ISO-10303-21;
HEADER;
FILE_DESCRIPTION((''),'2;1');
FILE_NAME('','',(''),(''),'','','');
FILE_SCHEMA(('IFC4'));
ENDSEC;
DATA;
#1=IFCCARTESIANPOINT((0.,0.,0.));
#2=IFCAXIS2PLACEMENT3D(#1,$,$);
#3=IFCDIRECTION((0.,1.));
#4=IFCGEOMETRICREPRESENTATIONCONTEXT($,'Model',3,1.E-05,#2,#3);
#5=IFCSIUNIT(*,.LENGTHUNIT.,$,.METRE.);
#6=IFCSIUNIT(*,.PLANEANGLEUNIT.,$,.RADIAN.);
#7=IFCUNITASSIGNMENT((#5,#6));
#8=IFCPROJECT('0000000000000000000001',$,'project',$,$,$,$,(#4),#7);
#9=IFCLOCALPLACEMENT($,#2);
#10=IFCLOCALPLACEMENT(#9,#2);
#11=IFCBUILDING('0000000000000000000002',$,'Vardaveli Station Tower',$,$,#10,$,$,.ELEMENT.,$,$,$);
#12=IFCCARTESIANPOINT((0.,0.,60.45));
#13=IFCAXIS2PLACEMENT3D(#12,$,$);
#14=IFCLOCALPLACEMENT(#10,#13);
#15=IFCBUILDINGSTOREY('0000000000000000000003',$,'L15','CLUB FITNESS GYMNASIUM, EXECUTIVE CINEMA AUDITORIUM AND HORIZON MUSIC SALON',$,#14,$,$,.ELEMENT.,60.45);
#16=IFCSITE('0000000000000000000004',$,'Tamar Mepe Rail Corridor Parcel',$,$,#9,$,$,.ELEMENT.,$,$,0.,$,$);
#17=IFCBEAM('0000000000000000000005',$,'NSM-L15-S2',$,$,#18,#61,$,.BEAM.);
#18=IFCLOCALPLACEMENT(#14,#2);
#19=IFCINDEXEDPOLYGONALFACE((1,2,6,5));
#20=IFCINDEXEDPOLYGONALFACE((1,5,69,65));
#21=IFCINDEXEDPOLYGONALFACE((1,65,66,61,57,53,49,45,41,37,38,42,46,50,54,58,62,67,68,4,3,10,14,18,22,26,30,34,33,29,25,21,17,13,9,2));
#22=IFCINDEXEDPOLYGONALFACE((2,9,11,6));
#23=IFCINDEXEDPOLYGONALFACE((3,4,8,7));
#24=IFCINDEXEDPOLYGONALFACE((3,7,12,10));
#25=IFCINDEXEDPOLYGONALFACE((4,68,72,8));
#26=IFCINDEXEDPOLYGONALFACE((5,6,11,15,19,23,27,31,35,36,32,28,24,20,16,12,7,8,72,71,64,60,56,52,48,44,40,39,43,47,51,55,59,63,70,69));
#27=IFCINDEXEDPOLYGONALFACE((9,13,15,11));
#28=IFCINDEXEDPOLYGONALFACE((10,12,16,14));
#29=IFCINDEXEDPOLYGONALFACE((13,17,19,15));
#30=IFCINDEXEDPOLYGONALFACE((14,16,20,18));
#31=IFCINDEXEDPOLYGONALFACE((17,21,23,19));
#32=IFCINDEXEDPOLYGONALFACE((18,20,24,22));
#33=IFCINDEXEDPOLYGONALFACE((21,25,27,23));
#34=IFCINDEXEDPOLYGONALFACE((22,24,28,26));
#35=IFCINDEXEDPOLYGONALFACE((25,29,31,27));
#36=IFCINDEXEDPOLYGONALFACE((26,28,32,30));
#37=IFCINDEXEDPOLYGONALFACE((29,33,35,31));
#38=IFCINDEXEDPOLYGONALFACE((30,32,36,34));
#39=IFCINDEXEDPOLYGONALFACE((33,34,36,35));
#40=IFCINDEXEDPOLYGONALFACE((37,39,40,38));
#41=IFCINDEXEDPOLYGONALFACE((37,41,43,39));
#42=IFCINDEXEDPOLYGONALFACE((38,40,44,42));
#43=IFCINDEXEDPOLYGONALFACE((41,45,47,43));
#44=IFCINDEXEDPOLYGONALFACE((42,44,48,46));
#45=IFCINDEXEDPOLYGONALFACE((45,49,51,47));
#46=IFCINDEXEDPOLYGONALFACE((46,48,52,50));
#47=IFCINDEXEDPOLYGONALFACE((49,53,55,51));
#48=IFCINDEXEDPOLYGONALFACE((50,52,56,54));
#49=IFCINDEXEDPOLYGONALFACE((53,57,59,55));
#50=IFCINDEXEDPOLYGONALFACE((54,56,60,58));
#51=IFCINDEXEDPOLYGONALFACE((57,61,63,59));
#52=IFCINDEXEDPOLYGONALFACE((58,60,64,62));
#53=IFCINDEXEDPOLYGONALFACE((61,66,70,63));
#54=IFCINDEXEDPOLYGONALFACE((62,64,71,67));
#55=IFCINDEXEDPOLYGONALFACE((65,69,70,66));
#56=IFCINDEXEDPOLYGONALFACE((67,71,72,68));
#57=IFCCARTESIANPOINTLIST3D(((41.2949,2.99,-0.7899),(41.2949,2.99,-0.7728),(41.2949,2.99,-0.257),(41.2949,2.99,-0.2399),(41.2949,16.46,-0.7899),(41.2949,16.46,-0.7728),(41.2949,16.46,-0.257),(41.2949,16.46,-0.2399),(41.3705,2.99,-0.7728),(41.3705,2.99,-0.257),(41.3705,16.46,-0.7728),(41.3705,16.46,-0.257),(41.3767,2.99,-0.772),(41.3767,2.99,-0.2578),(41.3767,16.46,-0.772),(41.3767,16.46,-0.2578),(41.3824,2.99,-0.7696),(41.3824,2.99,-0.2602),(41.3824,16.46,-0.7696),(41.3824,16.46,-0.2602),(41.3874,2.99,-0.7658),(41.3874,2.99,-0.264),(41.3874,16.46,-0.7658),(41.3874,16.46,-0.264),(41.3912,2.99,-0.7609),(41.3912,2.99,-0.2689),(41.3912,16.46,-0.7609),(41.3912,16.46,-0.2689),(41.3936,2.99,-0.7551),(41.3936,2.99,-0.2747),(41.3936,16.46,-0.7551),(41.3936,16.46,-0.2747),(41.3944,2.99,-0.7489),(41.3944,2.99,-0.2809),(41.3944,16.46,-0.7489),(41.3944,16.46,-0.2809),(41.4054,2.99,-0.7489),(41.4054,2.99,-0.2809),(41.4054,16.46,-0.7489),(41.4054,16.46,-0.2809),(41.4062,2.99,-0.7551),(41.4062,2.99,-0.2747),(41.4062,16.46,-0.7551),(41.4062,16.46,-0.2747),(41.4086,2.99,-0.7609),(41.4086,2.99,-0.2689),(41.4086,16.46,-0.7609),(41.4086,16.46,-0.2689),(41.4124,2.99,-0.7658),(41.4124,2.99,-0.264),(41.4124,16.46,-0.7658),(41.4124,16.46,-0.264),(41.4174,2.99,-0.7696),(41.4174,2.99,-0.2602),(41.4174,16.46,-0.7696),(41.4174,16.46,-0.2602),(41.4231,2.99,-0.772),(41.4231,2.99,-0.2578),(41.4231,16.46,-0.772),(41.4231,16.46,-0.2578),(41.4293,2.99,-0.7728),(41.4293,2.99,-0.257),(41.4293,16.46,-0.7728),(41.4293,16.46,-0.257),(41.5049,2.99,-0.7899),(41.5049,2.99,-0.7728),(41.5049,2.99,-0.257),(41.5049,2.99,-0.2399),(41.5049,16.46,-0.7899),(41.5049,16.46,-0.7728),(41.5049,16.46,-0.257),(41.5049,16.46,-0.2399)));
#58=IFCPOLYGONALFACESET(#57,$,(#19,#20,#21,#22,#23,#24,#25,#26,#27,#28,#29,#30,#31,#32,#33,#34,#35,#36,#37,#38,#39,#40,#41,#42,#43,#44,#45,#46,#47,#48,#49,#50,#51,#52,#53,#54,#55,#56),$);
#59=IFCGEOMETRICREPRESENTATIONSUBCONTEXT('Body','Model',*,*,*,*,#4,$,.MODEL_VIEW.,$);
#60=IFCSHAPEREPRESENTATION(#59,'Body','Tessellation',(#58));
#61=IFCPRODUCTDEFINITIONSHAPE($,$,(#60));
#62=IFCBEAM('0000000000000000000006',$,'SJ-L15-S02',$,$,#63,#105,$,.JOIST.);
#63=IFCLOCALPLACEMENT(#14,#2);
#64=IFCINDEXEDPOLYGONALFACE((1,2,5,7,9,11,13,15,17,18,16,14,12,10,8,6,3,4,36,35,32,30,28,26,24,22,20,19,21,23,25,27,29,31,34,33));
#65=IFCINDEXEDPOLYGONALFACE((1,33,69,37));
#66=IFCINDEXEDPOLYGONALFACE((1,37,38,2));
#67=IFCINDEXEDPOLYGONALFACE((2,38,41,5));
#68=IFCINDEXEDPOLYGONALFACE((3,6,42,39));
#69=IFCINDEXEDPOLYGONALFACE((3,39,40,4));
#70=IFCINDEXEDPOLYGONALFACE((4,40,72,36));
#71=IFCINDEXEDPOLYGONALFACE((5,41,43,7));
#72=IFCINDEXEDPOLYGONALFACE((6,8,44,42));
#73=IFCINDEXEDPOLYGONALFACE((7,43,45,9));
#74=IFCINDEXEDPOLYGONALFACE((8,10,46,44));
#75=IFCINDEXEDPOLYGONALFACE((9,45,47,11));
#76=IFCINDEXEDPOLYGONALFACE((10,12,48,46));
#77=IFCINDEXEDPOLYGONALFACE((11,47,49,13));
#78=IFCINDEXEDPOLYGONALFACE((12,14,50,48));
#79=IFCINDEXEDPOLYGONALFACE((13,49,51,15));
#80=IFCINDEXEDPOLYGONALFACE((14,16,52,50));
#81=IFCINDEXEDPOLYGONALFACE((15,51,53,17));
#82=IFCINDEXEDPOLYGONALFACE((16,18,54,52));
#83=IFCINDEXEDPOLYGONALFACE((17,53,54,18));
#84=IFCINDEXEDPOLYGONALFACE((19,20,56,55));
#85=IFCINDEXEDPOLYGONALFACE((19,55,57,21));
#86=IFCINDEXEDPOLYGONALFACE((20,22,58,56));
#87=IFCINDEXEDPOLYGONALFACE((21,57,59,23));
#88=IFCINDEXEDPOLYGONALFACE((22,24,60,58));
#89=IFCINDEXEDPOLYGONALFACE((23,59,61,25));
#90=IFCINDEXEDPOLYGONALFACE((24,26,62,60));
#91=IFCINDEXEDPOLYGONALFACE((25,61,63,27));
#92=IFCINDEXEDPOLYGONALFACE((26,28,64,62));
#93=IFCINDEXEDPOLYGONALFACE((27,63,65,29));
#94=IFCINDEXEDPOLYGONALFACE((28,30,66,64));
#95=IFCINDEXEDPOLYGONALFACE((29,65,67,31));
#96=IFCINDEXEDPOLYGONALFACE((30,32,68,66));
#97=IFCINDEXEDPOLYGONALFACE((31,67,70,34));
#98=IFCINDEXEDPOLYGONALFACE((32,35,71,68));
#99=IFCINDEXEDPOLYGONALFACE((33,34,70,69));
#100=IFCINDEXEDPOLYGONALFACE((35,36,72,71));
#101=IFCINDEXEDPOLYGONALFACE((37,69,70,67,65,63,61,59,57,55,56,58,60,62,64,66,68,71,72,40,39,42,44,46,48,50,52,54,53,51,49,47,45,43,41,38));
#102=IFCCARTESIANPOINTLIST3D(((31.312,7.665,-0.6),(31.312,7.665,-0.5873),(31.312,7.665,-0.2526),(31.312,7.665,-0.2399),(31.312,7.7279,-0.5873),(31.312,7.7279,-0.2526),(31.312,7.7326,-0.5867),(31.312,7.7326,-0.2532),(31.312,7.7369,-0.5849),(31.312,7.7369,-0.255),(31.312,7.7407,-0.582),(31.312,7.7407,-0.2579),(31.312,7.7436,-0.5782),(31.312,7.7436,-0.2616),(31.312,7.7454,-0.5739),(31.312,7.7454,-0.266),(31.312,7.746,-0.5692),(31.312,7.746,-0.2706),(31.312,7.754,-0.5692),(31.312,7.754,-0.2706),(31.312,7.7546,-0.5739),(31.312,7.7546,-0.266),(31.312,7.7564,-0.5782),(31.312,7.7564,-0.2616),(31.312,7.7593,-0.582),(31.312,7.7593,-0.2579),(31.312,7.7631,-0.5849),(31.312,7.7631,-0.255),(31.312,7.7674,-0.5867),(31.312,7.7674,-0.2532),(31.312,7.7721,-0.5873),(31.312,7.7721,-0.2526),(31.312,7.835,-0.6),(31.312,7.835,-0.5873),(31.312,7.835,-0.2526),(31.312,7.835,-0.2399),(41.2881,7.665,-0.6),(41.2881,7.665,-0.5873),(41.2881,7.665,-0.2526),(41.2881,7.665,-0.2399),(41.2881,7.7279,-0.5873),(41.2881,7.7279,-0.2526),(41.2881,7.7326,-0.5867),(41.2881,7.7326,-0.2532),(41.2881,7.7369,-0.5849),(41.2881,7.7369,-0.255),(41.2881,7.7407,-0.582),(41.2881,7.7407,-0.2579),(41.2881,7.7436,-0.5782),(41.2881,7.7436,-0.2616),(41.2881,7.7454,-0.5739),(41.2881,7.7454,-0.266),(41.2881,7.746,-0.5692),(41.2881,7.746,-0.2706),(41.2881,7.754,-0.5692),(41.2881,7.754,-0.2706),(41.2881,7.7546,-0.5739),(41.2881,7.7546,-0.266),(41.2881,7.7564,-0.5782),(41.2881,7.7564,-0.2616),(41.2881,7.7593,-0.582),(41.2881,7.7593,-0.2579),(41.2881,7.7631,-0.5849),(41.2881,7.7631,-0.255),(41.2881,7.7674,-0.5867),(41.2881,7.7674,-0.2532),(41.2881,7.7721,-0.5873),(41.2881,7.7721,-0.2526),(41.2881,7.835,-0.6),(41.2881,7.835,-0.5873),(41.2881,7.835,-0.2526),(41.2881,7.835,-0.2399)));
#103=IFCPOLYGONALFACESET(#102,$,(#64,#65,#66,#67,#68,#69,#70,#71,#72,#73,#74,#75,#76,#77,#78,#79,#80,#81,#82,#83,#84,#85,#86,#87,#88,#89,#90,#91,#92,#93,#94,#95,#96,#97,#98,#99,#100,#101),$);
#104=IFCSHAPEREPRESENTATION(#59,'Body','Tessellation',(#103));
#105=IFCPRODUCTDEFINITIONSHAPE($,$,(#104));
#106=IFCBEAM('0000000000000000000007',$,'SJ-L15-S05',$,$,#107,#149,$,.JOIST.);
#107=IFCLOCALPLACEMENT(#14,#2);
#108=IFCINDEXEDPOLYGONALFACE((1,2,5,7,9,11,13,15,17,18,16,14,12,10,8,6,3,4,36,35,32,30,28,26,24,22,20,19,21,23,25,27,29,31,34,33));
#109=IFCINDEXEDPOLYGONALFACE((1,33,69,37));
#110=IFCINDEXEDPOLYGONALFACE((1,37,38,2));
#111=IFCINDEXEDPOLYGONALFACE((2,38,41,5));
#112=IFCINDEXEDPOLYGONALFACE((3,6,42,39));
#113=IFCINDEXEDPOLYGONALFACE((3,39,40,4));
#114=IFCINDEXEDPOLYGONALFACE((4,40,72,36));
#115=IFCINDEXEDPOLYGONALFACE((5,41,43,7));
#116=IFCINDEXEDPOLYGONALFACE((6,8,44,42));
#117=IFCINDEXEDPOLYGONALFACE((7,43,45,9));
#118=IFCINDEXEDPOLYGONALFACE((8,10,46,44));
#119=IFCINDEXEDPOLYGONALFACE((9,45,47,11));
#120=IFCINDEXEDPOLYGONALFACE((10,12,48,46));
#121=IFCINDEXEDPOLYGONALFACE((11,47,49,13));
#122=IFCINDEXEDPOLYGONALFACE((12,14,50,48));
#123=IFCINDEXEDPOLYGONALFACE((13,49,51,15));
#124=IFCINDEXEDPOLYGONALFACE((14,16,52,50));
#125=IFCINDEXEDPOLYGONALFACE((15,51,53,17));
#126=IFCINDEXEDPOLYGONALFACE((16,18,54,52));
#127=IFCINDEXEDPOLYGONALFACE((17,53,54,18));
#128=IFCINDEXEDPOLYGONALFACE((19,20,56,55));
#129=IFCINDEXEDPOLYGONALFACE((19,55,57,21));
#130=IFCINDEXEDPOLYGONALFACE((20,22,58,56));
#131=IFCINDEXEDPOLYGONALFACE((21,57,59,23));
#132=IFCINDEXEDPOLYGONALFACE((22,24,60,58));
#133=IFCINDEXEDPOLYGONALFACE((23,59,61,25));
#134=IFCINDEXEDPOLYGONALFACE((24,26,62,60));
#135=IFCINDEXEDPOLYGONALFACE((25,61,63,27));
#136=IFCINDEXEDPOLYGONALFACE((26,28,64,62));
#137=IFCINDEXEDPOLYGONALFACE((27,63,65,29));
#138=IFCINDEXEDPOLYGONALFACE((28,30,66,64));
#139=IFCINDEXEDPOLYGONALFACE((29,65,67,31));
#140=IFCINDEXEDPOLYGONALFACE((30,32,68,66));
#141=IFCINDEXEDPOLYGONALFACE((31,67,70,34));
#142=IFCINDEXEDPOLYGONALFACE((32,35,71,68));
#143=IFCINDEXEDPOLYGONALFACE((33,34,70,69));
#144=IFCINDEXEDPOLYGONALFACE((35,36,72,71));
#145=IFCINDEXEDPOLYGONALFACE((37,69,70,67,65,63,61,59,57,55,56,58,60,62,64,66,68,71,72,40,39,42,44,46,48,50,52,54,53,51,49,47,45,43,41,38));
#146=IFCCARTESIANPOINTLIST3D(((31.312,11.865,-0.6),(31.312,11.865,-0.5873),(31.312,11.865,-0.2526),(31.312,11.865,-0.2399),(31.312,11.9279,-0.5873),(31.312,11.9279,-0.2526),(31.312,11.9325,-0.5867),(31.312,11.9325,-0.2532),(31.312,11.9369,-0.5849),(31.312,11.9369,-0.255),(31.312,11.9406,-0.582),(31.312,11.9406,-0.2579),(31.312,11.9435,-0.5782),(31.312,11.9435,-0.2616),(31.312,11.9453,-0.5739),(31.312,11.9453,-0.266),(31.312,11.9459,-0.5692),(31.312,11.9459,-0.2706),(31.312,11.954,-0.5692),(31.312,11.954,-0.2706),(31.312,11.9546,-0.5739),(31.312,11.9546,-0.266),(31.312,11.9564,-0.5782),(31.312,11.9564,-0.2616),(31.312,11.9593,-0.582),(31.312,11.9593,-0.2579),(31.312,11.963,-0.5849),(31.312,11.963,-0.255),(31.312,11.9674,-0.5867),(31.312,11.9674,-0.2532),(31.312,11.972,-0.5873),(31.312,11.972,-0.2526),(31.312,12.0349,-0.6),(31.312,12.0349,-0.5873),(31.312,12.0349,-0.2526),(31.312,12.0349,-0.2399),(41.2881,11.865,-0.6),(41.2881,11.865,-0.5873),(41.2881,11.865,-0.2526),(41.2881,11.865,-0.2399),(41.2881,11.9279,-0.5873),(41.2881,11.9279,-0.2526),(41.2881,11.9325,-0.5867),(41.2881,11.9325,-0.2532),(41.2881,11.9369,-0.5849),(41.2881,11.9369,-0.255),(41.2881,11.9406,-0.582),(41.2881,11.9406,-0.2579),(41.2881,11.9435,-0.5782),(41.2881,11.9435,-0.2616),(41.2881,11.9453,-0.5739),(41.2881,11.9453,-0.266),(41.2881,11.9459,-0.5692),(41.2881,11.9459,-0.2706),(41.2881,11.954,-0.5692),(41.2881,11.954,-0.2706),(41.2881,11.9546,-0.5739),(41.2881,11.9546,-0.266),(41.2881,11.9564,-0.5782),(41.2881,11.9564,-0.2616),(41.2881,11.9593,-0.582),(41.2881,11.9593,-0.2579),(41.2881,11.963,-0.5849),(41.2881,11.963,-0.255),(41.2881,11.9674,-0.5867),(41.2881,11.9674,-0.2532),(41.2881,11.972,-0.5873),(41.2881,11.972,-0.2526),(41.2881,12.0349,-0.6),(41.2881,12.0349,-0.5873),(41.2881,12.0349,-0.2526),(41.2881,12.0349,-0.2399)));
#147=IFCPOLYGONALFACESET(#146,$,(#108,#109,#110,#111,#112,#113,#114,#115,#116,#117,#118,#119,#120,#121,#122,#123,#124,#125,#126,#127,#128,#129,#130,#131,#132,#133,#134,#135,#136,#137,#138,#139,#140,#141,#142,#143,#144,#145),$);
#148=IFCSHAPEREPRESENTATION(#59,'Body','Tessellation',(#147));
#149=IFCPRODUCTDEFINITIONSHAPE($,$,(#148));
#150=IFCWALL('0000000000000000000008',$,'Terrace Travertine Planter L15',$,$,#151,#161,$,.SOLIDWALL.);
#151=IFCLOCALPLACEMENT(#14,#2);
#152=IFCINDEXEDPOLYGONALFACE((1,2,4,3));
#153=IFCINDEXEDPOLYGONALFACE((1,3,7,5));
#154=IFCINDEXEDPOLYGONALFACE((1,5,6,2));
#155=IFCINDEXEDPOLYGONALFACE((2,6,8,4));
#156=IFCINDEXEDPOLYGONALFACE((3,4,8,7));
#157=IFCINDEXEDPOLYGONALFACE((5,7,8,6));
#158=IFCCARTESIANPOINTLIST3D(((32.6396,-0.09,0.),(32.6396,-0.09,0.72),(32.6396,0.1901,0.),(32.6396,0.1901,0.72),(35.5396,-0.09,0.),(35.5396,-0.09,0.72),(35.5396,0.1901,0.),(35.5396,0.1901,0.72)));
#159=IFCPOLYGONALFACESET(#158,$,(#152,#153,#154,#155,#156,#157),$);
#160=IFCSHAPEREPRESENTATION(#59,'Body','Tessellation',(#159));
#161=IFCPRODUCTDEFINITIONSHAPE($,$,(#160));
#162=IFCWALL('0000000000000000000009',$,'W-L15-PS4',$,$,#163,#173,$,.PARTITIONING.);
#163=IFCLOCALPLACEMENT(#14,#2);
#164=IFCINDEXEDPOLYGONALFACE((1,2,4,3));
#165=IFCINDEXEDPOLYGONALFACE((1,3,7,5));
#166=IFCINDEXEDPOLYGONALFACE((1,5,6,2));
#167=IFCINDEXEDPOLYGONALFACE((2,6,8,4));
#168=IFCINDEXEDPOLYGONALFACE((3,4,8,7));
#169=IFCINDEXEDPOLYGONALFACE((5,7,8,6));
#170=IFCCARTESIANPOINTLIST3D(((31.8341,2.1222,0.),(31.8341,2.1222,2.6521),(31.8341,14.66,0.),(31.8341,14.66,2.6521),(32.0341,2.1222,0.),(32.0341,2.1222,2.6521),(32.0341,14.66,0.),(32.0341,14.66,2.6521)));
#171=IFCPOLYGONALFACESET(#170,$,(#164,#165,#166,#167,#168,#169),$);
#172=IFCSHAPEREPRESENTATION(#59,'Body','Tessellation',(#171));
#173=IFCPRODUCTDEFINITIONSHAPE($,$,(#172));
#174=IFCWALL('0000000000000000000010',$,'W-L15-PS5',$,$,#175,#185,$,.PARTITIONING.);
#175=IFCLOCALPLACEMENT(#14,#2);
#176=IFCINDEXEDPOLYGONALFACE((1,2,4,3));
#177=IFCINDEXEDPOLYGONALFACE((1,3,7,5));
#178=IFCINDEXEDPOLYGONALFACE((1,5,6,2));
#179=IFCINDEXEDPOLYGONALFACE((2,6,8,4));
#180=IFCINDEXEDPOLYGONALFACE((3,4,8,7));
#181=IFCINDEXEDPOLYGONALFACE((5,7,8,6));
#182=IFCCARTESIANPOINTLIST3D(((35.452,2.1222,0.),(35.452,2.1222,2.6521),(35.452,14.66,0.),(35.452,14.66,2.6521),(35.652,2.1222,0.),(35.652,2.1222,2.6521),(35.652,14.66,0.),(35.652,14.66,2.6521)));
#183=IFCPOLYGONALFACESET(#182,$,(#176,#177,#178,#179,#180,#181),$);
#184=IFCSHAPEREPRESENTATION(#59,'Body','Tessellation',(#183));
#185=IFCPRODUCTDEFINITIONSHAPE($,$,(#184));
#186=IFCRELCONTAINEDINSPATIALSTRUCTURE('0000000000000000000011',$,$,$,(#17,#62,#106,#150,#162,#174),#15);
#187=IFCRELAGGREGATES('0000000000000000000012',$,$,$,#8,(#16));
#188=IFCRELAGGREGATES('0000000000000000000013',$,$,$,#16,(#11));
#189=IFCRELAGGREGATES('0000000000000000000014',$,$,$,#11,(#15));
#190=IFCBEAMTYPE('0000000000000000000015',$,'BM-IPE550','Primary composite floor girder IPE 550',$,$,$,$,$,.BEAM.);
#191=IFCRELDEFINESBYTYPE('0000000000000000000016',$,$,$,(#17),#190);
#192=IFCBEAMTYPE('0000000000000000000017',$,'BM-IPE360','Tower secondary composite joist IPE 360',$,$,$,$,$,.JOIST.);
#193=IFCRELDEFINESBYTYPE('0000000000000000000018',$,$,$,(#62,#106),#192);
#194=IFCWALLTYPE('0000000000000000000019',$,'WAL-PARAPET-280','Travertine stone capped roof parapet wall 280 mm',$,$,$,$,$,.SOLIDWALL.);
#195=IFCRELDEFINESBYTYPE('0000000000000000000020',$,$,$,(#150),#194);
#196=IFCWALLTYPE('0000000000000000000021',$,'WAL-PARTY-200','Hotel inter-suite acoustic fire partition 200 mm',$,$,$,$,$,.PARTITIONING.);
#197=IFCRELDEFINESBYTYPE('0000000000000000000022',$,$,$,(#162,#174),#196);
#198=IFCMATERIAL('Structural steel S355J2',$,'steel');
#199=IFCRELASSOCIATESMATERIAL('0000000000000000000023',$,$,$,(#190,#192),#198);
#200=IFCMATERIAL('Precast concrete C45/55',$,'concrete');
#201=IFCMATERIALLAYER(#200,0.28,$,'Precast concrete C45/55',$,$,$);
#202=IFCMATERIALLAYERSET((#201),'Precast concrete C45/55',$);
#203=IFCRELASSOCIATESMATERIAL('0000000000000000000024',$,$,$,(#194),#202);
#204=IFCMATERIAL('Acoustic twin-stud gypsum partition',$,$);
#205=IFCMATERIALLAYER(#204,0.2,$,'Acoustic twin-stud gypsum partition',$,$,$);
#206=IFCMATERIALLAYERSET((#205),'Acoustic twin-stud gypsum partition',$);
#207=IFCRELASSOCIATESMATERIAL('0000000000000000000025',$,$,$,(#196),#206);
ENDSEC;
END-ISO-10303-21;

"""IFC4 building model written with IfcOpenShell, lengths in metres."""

from ifc_helpers import new_model, si_unit, direction, frame, frame_2d, origin, origin_2d, place, context, subcontext, project, spatial, rectangle, i_section, extrude, source, transform, mapped, material, layer, layer_set, material_profile, profile_set, type_object, element, save


model = new_model("IFC4")

# Units and contexts
model_context = context("Model", 3, precision=1e-05, world=origin(), true_north=direction((0.0, 1.0)))
body_context = subcontext(model_context, "Body", "Model", "MODEL_VIEW")
ifc_project = project(units=[si_unit("LENGTHUNIT", "METRE"), si_unit("PLANEANGLEUNIT", "RADIAN")], contexts=[model_context])

# Site, building, storey
site_placement = place(None, origin())
site = spatial("IfcSite", under=ifc_project, at=site_placement, Name="Tamar Mepe Rail Corridor Parcel", CompositionType="ELEMENT", RefElevation=0.0)
building_placement = place(site_placement, origin())
building = spatial("IfcBuilding", under=site, at=building_placement, Name="Vardaveli Station Tower", CompositionType="ELEMENT")
storey_placement = place(building_placement, frame((0.0, 0.0, 60.45)))
storey = spatial("IfcBuildingStorey", under=building, at=storey_placement, Name="L15", Description="CLUB FITNESS GYMNASIUM, EXECUTIVE CINEMA AUDITORIUM AND HORIZON MUSIC SALON", CompositionType="ELEMENT", Elevation=60.45)

# Beams
ifc_material_1 = material(Name="Structural steel S355J2", Category="steel")
ifc_material_2 = material(Name="Precast concrete C45/55", Category="concrete")
ifc_material_profile_1 = material_profile(ifc_material_1, i_section(OverallWidth=0.21, OverallDepth=0.55, WebThickness=0.011, FlangeThickness=0.0171, FilletRadius=0.0239, at=origin_2d()), Name="IPE 550")
ifc_profile_set_1 = profile_set([ifc_material_profile_1], Name="Structural steel S355J2")
beam_type_1 = type_object("IfcBeamType", Name="BM-IPE550", Description="Primary composite floor girder IPE 550", PredefinedType="BEAM", material=ifc_profile_set_1)
shared_shape_1 = source(origin(), body_context, "Body", "SweptSolid", [
    extrude(i_section(OverallWidth=0.21, OverallDepth=0.55, WebThickness=0.011, FlangeThickness=0.0171, FilletRadius=0.0239, at=origin_2d()), origin(), (0.0, 0.0, 1.0), 13.47),
])
for number, where, z_axis, x_axis, name in (
    (1, (41.3999, 2.99, -0.5149), (0.0, 1.0, 0.0), (-1.0, 0.0, 0.0), "NSM-L15-S2"),
):
    element("IfcBeam", number, at=place(storey_placement, frame(where, z_axis=z_axis, x_axis=x_axis)), inside=storey, type_object=beam_type_1, Name=name, PredefinedType="BEAM", context=body_context, shape_type="MappedRepresentation", body=[
        mapped(shared_shape_1, transform((0.0, 0.0, 0.0), scale=1.0)),
    ])
ifc_material_profile_2 = material_profile(ifc_material_1, i_section(OverallWidth=0.1699, OverallDepth=0.3601, WebThickness=0.0081, FlangeThickness=0.0127, FilletRadius=0.0181, at=origin_2d()), Name="IPE 360")
ifc_profile_set_2 = profile_set([ifc_material_profile_2], Name="Structural steel S355J2")
beam_type_2 = type_object("IfcBeamType", Name="BM-IPE360", Description="Tower secondary composite joist IPE 360", PredefinedType="JOIST", material=ifc_profile_set_2)
shared_shape_2 = source(origin(), body_context, "Body", "SweptSolid", [
    extrude(i_section(OverallWidth=0.1699, OverallDepth=0.3601, WebThickness=0.0081, FlangeThickness=0.0127, FilletRadius=0.0181, at=origin_2d()), origin(), (0.0, 0.0, 1.0), 9.9761),
])
for number, where, z_axis, x_axis, name in (
    (2, (31.312, 7.75, -0.4199), (1.0, 0.0, 0.0), (0.0, 1.0, 0.0), "SJ-L15-S02"),
    (3, (31.312, 11.95, -0.4199), (1.0, 0.0, 0.0), (0.0, 1.0, 0.0), "SJ-L15-S05"),
):
    element("IfcBeam", number, at=place(storey_placement, frame(where, z_axis=z_axis, x_axis=x_axis)), inside=storey, type_object=beam_type_2, Name=name, PredefinedType="JOIST", context=body_context, shape_type="MappedRepresentation", body=[
        mapped(shared_shape_2, transform((0.0, 0.0, 0.0), scale=1.0)),
    ])

# Walls
ifc_layer_1 = layer(ifc_material_2, 0.28, Name="Precast concrete C45/55")
ifc_layer_set_1 = layer_set([ifc_layer_1], Name="Precast concrete C45/55")
wall_type_1 = type_object("IfcWallType", Name="WAL-PARAPET-280", Description="Travertine stone capped roof parapet wall 280 mm", PredefinedType="SOLIDWALL", material=ifc_layer_set_1)
shared_shape_3 = source(origin(), body_context, "Body", "SweptSolid", [
    extrude(rectangle(XDim=2.8999, YDim=0.28, at=frame_2d((1.45, 0.0))), origin(), (0.0, 0.0, 1.0), 0.72),
])
wall_1_placement = place(storey_placement, frame((32.6396, 0.05, 0.0), z_axis=(0.0, 0.0, 1.0), x_axis=(1.0, 0.0, 0.0)))
element("IfcWall", 4, at=wall_1_placement, inside=storey, type_object=wall_type_1, Name="Terrace Travertine Planter L15", PredefinedType="SOLIDWALL", context=body_context, shape_type="MappedRepresentation", body=[
    mapped(shared_shape_3, transform((0.0, 0.0, 0.0), scale=1.0)),
])
ifc_material_3 = material(Name="Acoustic twin-stud gypsum partition")
ifc_layer_2 = layer(ifc_material_3, 0.2, Name="Acoustic twin-stud gypsum partition")
ifc_layer_set_2 = layer_set([ifc_layer_2], Name="Acoustic twin-stud gypsum partition")
wall_type_2 = type_object("IfcWallType", Name="WAL-PARTY-200", Description="Hotel inter-suite acoustic fire partition 200 mm", PredefinedType="PARTITIONING", material=ifc_layer_set_2)
shared_shape_4 = source(origin(), body_context, "Body", "SweptSolid", [
    extrude(rectangle(XDim=12.5378, YDim=0.2, at=frame_2d((6.269, 0.0))), origin(), (0.0, 0.0, 1.0), 2.6521),
])
for number, where, z_axis, x_axis, name in (
    (5, (31.9341, 2.1221, 0.0), (0.0, 0.0, 1.0), (0.0, 1.0, 0.0), "W-L15-PS4"),
    (6, (35.552, 2.1221, 0.0), (0.0, 0.0, 1.0), (0.0, 1.0, 0.0), "W-L15-PS5"),
):
    element("IfcWall", number, at=place(storey_placement, frame(where, z_axis=z_axis, x_axis=x_axis)), inside=storey, type_object=wall_type_2, Name=name, PredefinedType="PARTITIONING", context=body_context, shape_type="MappedRepresentation", body=[
        mapped(shared_shape_4, transform((0.0, 0.0, 0.0), scale=1.0)),
    ])

save(model, "model.ifc")
